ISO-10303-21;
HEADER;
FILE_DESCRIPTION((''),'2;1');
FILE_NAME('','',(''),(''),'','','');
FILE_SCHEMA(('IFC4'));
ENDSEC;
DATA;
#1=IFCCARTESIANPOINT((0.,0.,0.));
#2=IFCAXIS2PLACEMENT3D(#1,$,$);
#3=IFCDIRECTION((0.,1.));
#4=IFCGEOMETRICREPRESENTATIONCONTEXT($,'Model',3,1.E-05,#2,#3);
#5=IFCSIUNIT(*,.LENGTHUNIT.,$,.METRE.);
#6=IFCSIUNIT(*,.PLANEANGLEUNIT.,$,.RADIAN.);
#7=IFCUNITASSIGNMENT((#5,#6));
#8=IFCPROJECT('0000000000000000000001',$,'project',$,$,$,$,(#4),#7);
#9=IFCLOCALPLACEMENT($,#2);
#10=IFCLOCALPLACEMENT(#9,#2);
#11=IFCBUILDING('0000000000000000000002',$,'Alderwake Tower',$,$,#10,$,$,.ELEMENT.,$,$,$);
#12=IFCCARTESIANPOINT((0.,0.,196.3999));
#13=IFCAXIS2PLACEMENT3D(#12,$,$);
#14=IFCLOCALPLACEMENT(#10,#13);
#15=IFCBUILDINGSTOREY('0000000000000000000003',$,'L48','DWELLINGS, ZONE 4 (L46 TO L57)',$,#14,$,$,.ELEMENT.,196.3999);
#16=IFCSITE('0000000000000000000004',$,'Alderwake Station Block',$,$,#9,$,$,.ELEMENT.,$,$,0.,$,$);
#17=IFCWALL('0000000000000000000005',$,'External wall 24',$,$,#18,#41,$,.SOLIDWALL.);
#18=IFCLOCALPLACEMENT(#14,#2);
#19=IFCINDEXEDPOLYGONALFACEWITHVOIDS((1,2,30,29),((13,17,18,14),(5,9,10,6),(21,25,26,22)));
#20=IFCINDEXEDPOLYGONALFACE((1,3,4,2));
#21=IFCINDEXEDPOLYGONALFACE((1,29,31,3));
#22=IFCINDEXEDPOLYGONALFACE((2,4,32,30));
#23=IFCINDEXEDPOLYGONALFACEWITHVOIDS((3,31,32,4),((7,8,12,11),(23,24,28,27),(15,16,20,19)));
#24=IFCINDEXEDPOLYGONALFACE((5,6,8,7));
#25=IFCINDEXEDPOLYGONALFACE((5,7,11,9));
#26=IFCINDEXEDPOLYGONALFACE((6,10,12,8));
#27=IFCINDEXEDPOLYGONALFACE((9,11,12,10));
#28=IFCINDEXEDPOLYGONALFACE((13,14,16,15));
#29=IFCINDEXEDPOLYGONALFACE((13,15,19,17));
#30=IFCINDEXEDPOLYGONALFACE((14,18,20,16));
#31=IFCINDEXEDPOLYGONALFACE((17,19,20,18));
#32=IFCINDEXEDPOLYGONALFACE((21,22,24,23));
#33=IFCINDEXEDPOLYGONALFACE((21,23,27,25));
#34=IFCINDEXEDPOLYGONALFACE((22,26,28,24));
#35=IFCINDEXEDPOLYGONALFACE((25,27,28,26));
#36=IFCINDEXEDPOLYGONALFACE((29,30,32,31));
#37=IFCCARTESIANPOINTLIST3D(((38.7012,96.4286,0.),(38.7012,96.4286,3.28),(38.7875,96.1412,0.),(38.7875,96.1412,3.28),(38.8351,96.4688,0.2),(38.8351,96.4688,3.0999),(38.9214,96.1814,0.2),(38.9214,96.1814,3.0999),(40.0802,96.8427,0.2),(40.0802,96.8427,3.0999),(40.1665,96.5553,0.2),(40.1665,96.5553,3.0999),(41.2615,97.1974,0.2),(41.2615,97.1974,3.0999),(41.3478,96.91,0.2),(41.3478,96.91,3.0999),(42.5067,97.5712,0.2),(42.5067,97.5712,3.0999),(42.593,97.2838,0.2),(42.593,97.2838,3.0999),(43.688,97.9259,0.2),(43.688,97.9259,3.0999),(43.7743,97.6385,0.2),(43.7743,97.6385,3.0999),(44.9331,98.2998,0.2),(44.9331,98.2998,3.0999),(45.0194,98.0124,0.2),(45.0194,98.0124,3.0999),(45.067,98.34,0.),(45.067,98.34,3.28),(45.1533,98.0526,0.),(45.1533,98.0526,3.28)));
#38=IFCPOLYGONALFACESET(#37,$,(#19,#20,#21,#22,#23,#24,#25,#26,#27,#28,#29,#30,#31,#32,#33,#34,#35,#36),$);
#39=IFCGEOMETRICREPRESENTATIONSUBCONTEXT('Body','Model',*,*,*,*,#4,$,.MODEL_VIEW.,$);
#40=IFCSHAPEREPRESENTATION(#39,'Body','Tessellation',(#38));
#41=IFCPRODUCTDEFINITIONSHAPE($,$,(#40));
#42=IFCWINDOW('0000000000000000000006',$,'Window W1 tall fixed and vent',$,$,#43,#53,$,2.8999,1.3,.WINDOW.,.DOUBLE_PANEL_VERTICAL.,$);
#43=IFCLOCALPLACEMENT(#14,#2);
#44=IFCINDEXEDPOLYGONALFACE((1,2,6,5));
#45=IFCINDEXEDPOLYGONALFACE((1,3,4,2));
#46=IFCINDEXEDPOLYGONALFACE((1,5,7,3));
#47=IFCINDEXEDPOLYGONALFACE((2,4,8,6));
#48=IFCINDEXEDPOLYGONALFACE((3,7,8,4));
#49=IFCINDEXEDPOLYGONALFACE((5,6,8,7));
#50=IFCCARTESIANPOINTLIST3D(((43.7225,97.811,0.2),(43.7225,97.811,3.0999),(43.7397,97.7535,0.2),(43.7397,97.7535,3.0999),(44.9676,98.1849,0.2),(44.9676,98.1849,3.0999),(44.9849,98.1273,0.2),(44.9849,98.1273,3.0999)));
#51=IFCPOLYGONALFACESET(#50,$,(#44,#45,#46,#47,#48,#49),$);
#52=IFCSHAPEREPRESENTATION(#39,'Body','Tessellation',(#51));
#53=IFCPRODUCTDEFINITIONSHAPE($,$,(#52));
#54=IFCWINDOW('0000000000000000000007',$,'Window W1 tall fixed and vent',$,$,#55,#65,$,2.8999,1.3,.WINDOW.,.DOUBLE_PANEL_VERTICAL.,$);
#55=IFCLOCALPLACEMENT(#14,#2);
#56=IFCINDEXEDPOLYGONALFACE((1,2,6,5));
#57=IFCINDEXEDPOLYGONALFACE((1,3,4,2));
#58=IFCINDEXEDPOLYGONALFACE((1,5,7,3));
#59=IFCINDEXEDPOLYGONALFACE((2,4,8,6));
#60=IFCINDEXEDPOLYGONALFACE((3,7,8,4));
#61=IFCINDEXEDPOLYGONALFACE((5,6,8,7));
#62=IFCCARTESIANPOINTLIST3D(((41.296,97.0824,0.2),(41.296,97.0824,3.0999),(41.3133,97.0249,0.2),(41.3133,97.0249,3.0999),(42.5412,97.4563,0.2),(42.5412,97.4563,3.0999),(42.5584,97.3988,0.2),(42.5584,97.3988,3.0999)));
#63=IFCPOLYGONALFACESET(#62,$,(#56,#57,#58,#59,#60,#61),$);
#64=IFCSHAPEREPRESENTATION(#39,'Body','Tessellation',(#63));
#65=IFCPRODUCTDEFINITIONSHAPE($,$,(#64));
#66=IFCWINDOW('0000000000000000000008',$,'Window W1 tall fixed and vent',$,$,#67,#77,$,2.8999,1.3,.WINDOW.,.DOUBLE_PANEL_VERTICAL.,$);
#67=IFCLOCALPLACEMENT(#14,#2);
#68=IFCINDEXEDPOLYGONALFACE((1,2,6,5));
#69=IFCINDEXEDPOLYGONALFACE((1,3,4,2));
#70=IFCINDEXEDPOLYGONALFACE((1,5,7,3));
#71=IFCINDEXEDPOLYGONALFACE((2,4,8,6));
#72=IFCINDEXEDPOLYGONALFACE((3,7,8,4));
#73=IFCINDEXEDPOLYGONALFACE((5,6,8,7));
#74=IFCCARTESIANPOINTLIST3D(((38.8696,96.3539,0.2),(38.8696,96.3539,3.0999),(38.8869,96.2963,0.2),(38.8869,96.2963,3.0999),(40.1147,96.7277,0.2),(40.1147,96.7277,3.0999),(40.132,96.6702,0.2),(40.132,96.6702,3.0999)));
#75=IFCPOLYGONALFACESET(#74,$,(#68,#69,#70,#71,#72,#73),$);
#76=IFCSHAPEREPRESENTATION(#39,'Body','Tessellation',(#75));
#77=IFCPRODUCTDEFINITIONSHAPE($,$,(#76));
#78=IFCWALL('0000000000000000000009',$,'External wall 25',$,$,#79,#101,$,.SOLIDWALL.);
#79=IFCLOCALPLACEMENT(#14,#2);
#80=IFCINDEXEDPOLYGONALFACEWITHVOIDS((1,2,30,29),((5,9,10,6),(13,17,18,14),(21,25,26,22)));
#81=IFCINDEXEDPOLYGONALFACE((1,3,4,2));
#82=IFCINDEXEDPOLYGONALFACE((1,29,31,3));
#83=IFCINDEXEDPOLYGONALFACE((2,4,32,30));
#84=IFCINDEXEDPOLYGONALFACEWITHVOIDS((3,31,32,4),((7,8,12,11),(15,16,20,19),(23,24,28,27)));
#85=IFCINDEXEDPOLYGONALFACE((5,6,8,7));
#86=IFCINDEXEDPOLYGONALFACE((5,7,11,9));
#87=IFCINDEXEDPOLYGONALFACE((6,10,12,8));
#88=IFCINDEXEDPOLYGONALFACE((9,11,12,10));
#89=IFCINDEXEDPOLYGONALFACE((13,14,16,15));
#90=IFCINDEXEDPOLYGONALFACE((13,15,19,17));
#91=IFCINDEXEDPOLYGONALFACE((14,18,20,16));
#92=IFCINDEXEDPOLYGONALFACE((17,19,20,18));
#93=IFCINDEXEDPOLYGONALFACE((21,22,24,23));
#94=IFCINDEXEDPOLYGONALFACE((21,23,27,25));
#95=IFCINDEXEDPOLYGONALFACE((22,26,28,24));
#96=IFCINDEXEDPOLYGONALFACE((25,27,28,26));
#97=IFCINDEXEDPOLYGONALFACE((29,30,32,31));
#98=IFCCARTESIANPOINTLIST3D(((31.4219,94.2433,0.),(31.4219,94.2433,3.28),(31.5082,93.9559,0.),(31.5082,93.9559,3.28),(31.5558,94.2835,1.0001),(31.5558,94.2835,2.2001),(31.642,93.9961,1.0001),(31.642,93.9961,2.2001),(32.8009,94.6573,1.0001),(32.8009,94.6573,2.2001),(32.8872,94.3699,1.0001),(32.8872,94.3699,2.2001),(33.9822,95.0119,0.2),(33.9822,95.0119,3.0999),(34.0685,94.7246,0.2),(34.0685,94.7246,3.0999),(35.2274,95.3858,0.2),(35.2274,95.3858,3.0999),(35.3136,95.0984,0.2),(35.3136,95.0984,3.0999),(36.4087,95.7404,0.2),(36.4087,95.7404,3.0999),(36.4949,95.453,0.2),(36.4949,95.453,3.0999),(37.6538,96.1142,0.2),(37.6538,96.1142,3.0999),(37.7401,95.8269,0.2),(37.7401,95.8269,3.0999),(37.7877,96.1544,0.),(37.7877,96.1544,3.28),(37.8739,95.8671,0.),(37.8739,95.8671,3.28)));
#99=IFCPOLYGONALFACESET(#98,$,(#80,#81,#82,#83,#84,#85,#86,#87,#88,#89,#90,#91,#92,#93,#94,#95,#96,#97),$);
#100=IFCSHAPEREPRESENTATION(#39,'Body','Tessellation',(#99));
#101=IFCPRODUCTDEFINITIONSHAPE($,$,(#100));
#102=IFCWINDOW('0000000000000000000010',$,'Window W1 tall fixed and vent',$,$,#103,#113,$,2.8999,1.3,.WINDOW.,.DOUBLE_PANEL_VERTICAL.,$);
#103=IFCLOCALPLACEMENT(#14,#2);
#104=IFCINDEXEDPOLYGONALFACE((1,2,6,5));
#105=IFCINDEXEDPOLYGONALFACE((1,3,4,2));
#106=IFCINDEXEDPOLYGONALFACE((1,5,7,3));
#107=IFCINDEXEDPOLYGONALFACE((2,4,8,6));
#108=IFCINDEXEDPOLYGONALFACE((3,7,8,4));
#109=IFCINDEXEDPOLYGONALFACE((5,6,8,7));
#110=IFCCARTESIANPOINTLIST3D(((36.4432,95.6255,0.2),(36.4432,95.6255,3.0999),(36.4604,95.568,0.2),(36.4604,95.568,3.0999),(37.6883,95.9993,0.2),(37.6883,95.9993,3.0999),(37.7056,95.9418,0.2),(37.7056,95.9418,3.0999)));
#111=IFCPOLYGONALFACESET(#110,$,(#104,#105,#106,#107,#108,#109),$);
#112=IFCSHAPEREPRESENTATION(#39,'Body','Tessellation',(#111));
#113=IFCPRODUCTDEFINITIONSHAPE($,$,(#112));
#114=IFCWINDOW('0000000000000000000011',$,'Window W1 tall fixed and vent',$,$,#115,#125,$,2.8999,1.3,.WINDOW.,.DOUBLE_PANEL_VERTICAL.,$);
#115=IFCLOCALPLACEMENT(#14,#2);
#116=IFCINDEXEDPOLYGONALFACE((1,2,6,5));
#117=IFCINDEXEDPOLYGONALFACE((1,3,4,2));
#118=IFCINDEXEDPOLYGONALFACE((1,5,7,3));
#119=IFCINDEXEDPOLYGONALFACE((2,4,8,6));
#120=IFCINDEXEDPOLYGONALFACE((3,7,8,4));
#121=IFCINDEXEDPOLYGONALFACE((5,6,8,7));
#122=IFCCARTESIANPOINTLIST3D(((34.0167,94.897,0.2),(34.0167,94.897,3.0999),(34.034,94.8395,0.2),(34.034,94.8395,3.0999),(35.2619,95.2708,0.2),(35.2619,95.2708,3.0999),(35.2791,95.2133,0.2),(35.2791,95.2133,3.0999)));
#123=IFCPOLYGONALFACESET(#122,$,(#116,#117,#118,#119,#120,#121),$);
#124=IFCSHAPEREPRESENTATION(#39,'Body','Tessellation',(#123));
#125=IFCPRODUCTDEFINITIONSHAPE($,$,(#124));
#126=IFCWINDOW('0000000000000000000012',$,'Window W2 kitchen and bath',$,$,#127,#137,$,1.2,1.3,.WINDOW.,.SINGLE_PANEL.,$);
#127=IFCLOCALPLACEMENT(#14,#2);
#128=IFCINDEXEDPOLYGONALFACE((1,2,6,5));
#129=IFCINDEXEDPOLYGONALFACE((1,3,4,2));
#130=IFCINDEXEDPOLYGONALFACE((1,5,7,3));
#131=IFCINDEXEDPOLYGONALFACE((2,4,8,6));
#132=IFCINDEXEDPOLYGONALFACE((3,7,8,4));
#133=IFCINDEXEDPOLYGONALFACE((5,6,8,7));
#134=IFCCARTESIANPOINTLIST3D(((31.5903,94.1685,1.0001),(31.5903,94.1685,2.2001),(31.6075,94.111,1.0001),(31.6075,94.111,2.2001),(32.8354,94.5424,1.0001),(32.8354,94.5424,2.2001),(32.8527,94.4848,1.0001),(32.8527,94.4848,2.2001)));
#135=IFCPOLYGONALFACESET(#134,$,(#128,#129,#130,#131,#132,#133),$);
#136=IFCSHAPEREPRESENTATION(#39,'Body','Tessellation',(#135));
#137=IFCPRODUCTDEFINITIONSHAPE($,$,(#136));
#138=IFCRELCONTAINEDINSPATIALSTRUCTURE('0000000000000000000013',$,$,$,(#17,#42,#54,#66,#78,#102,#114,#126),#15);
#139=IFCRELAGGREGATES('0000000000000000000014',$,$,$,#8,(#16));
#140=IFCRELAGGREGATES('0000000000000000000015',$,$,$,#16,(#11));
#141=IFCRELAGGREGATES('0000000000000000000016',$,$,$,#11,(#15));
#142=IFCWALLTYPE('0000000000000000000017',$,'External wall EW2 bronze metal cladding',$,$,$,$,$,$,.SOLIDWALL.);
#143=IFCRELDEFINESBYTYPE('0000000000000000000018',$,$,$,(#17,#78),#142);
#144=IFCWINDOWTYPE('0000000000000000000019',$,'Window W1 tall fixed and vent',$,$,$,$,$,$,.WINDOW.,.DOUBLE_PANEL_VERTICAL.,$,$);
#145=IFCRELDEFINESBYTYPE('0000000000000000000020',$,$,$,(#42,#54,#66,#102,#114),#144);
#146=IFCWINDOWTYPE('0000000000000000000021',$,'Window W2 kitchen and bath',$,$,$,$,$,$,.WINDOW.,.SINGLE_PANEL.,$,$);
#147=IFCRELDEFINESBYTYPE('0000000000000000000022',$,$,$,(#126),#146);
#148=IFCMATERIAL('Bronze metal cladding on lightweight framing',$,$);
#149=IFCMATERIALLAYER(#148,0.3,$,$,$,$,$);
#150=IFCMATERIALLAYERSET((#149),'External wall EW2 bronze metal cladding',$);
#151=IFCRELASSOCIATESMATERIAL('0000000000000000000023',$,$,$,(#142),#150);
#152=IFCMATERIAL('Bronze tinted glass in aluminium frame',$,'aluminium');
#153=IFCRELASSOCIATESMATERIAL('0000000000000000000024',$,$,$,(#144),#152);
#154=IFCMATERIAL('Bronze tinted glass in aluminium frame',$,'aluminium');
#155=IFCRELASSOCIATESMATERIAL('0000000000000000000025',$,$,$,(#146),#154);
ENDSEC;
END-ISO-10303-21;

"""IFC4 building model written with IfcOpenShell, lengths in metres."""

from ifc_helpers import new_model, si_unit, direction, frame, frame_2d, origin, place, context, subcontext, project, spatial, rectangle, extrude, material, layer, layer_set, type_object, element, fill, save


model = new_model("IFC4")

# Units and contexts
model_context = context("Model", 3, precision=1e-05, world=origin(), true_north=direction((0.0, 1.0)))
body_context = subcontext(model_context, "Body", "Model", "MODEL_VIEW")
ifc_project = project(units=[si_unit("LENGTHUNIT", "METRE"), si_unit("PLANEANGLEUNIT", "RADIAN")], contexts=[model_context])

# Site, building, storey
site_placement = place(None, origin())
site = spatial("IfcSite", under=ifc_project, at=site_placement, Name="Alderwake Station Block", CompositionType="ELEMENT", RefElevation=0.0)
building_placement = place(site_placement, origin())
building = spatial("IfcBuilding", under=site, at=building_placement, Name="Alderwake Tower", CompositionType="ELEMENT")
storey_placement = place(building_placement, frame((0.0, 0.0, 196.3999)))
storey = spatial("IfcBuildingStorey", under=building, at=storey_placement, Name="L48", Description="DWELLINGS, ZONE 4 (L46 TO L57)", CompositionType="ELEMENT", Elevation=196.3999)

# Walls, openings, windows
ifc_material_1 = material(Name="Bronze metal cladding on lightweight framing")
ifc_layer_1 = layer(ifc_material_1, 0.3)
ifc_layer_set_1 = layer_set([ifc_layer_1], Name="External wall EW2 bronze metal cladding")
wall_type_1 = type_object("IfcWallType", Name="External wall EW2 bronze metal cladding", PredefinedType="SOLIDWALL", material=ifc_layer_set_1)
wall_1_placement = place(storey_placement, frame((45.1101, 98.1963, 0.0), z_axis=(0.0, 0.0, 1.0), x_axis=(-0.957758, -0.287577, 0.0)))
wall_1 = element("IfcWall", 1, at=wall_1_placement, inside=storey, type_object=wall_type_1, Name="External wall 24", PredefinedType="SOLIDWALL", context=body_context, shape_type="SweptSolid", body=[
    extrude(rectangle(XDim=6.6465, YDim=0.3, at=frame_2d((3.3232, 0.0))), origin(), (0.0, 0.0, 1.0), 3.28),
])
opening_1_placement = place(wall_1_placement, frame((0.1399, 0.0, 0.2)))
opening_1 = element("IfcOpeningElement", 2, at=opening_1_placement, cuts=wall_1, PredefinedType="OPENING", context=body_context, shape_type="SweptSolid", body=[
    extrude(rectangle(XDim=1.3, YDim=2.8999, at=frame_2d((0.6499, 1.45))), frame((0.0, 0.1599, 0.0), z_axis=(0.0, -1.0, 0.0), x_axis=(1.0, 0.0, 0.0)), (0.0, 0.0, 1.0), 0.3201),
])
opening_2_placement = place(wall_1_placement, frame((2.6733, 0.0, 0.2)))
opening_2 = element("IfcOpeningElement", 3, at=opening_2_placement, cuts=wall_1, PredefinedType="OPENING", context=body_context, shape_type="SweptSolid", body=[
    extrude(rectangle(XDim=1.3, YDim=2.8999, at=frame_2d((0.6499, 1.45))), frame((0.0, 0.1599, 0.0), z_axis=(0.0, -1.0, 0.0), x_axis=(1.0, 0.0, 0.0)), (0.0, 0.0, 1.0), 0.3201),
])
opening_3_placement = place(wall_1_placement, frame((5.2068, 0.0, 0.2)))
opening_3 = element("IfcOpeningElement", 4, at=opening_3_placement, cuts=wall_1, PredefinedType="OPENING", context=body_context, shape_type="SweptSolid", body=[
    extrude(rectangle(XDim=1.3, YDim=2.8999, at=frame_2d((0.6499, 1.45))), frame((0.0, 0.1599, 0.0), z_axis=(0.0, -1.0, 0.0), x_axis=(1.0, 0.0, 0.0)), (0.0, 0.0, 1.0), 0.3201),
])
ifc_material_2 = material(Name="Bronze tinted glass in aluminium frame", Category="aluminium")
window_type_1 = type_object("IfcWindowType", Name="Window W1 tall fixed and vent", PartitioningType="DOUBLE_PANEL_VERTICAL", PredefinedType="WINDOW", material=ifc_material_2)
window_1_placement = place(opening_1_placement, origin())
window_1 = element("IfcWindow", 5, at=window_1_placement, inside=storey, type_object=window_type_1, Name="Window W1 tall fixed and vent", OverallHeight=2.8999, OverallWidth=1.3, PartitioningType="DOUBLE_PANEL_VERTICAL", PredefinedType="WINDOW", context=body_context, shape_type="SweptSolid", body=[
    extrude(rectangle(XDim=1.3, YDim=2.8999, at=frame_2d((0.6499, 1.45))), frame((0.0, 0.03, 0.0), z_axis=(0.0, -1.0, 0.0), x_axis=(1.0, 0.0, 0.0)), (0.0, 0.0, 1.0), 0.0601),
])
fill(opening_1, window_1)
window_2_placement = place(opening_2_placement, origin())
window_2 = element("IfcWindow", 6, at=window_2_placement, inside=storey, type_object=window_type_1, Name="Window W1 tall fixed and vent", OverallHeight=2.8999, OverallWidth=1.3, PartitioningType="DOUBLE_PANEL_VERTICAL", PredefinedType="WINDOW", context=body_context, shape_type="SweptSolid", body=[
    extrude(rectangle(XDim=1.3, YDim=2.8999, at=frame_2d((0.6499, 1.45))), frame((0.0, 0.03, 0.0), z_axis=(0.0, -1.0, 0.0), x_axis=(1.0, 0.0, 0.0)), (0.0, 0.0, 1.0), 0.0601),
])
fill(opening_2, window_2)
window_3_placement = place(opening_3_placement, origin())
window_3 = element("IfcWindow", 7, at=window_3_placement, inside=storey, type_object=window_type_1, Name="Window W1 tall fixed and vent", OverallHeight=2.8999, OverallWidth=1.3, PartitioningType="DOUBLE_PANEL_VERTICAL", PredefinedType="WINDOW", context=body_context, shape_type="SweptSolid", body=[
    extrude(rectangle(XDim=1.3, YDim=2.8999, at=frame_2d((0.6499, 1.45))), frame((0.0, 0.03, 0.0), z_axis=(0.0, -1.0, 0.0), x_axis=(1.0, 0.0, 0.0)), (0.0, 0.0, 1.0), 0.0601),
])
fill(opening_3, window_3)
wall_2_placement = place(storey_placement, frame((37.8308, 96.0107, 0.0), z_axis=(0.0, 0.0, 1.0), x_axis=(-0.957768, -0.287543, 0.0)))
wall_2 = element("IfcWall", 8, at=wall_2_placement, inside=storey, type_object=wall_type_1, Name="External wall 25", PredefinedType="SOLIDWALL", context=body_context, shape_type="SweptSolid", body=[
    extrude(rectangle(XDim=6.6465, YDim=0.3, at=frame_2d((3.3232, 0.0))), origin(), (0.0, 0.0, 1.0), 3.28),
])
opening_4_placement = place(wall_2_placement, frame((0.1399, 0.0, 0.2)))
opening_4 = element("IfcOpeningElement", 9, at=opening_4_placement, cuts=wall_2, PredefinedType="OPENING", context=body_context, shape_type="SweptSolid", body=[
    extrude(rectangle(XDim=1.3, YDim=2.8999, at=frame_2d((0.6499, 1.45))), frame((0.0, 0.1599, 0.0), z_axis=(0.0, -1.0, 0.0), x_axis=(1.0, 0.0, 0.0)), (0.0, 0.0, 1.0), 0.3201),
])
opening_5_placement = place(wall_2_placement, frame((2.6733, 0.0, 0.2)))
opening_5 = element("IfcOpeningElement", 10, at=opening_5_placement, cuts=wall_2, PredefinedType="OPENING", context=body_context, shape_type="SweptSolid", body=[
    extrude(rectangle(XDim=1.3, YDim=2.8999, at=frame_2d((0.6499, 1.45))), frame((0.0, 0.1599, 0.0), z_axis=(0.0, -1.0, 0.0), x_axis=(1.0, 0.0, 0.0)), (0.0, 0.0, 1.0), 0.3201),
])
opening_6_placement = place(wall_2_placement, frame((5.2068, 0.0, 1.0)))
opening_6 = element("IfcOpeningElement", 11, at=opening_6_placement, cuts=wall_2, PredefinedType="OPENING", context=body_context, shape_type="SweptSolid", body=[
    extrude(rectangle(XDim=1.3, YDim=1.2, at=frame_2d((0.6499, 0.6001))), frame((0.0, 0.1599, 0.0), z_axis=(0.0, -1.0, 0.0), x_axis=(1.0, 0.0, 0.0)), (0.0, 0.0, 1.0), 0.3201),
])
window_4_placement = place(opening_4_placement, origin())
window_4 = element("IfcWindow", 12, at=window_4_placement, inside=storey, type_object=window_type_1, Name="Window W1 tall fixed and vent", OverallHeight=2.8999, OverallWidth=1.3, PartitioningType="DOUBLE_PANEL_VERTICAL", PredefinedType="WINDOW", context=body_context, shape_type="SweptSolid", body=[
    extrude(rectangle(XDim=1.3, YDim=2.8999, at=frame_2d((0.6499, 1.45))), frame((0.0, 0.03, 0.0), z_axis=(0.0, -1.0, 0.0), x_axis=(1.0, 0.0, 0.0)), (0.0, 0.0, 1.0), 0.0601),
])
fill(opening_4, window_4)
window_5_placement = place(opening_5_placement, origin())
window_5 = element("IfcWindow", 13, at=window_5_placement, inside=storey, type_object=window_type_1, Name="Window W1 tall fixed and vent", OverallHeight=2.8999, OverallWidth=1.3, PartitioningType="DOUBLE_PANEL_VERTICAL", PredefinedType="WINDOW", context=body_context, shape_type="SweptSolid", body=[
    extrude(rectangle(XDim=1.3, YDim=2.8999, at=frame_2d((0.6499, 1.45))), frame((0.0, 0.03, 0.0), z_axis=(0.0, -1.0, 0.0), x_axis=(1.0, 0.0, 0.0)), (0.0, 0.0, 1.0), 0.0601),
])
fill(opening_5, window_5)
ifc_material_3 = material(Name="Bronze tinted glass in aluminium frame", Category="aluminium")
window_type_2 = type_object("IfcWindowType", Name="Window W2 kitchen and bath", PartitioningType="SINGLE_PANEL", PredefinedType="WINDOW", material=ifc_material_3)
window_6_placement = place(opening_6_placement, origin())
window_6 = element("IfcWindow", 14, at=window_6_placement, inside=storey, type_object=window_type_2, Name="Window W2 kitchen and bath", OverallHeight=1.2, OverallWidth=1.3, PartitioningType="SINGLE_PANEL", PredefinedType="WINDOW", context=body_context, shape_type="SweptSolid", body=[
    extrude(rectangle(XDim=1.3, YDim=1.2, at=frame_2d((0.6499, 0.6001))), frame((0.0, 0.03, 0.0), z_axis=(0.0, -1.0, 0.0), x_axis=(1.0, 0.0, 0.0)), (0.0, 0.0, 1.0), 0.0601),
])
fill(opening_6, window_6)

save(model, "model.ifc")
